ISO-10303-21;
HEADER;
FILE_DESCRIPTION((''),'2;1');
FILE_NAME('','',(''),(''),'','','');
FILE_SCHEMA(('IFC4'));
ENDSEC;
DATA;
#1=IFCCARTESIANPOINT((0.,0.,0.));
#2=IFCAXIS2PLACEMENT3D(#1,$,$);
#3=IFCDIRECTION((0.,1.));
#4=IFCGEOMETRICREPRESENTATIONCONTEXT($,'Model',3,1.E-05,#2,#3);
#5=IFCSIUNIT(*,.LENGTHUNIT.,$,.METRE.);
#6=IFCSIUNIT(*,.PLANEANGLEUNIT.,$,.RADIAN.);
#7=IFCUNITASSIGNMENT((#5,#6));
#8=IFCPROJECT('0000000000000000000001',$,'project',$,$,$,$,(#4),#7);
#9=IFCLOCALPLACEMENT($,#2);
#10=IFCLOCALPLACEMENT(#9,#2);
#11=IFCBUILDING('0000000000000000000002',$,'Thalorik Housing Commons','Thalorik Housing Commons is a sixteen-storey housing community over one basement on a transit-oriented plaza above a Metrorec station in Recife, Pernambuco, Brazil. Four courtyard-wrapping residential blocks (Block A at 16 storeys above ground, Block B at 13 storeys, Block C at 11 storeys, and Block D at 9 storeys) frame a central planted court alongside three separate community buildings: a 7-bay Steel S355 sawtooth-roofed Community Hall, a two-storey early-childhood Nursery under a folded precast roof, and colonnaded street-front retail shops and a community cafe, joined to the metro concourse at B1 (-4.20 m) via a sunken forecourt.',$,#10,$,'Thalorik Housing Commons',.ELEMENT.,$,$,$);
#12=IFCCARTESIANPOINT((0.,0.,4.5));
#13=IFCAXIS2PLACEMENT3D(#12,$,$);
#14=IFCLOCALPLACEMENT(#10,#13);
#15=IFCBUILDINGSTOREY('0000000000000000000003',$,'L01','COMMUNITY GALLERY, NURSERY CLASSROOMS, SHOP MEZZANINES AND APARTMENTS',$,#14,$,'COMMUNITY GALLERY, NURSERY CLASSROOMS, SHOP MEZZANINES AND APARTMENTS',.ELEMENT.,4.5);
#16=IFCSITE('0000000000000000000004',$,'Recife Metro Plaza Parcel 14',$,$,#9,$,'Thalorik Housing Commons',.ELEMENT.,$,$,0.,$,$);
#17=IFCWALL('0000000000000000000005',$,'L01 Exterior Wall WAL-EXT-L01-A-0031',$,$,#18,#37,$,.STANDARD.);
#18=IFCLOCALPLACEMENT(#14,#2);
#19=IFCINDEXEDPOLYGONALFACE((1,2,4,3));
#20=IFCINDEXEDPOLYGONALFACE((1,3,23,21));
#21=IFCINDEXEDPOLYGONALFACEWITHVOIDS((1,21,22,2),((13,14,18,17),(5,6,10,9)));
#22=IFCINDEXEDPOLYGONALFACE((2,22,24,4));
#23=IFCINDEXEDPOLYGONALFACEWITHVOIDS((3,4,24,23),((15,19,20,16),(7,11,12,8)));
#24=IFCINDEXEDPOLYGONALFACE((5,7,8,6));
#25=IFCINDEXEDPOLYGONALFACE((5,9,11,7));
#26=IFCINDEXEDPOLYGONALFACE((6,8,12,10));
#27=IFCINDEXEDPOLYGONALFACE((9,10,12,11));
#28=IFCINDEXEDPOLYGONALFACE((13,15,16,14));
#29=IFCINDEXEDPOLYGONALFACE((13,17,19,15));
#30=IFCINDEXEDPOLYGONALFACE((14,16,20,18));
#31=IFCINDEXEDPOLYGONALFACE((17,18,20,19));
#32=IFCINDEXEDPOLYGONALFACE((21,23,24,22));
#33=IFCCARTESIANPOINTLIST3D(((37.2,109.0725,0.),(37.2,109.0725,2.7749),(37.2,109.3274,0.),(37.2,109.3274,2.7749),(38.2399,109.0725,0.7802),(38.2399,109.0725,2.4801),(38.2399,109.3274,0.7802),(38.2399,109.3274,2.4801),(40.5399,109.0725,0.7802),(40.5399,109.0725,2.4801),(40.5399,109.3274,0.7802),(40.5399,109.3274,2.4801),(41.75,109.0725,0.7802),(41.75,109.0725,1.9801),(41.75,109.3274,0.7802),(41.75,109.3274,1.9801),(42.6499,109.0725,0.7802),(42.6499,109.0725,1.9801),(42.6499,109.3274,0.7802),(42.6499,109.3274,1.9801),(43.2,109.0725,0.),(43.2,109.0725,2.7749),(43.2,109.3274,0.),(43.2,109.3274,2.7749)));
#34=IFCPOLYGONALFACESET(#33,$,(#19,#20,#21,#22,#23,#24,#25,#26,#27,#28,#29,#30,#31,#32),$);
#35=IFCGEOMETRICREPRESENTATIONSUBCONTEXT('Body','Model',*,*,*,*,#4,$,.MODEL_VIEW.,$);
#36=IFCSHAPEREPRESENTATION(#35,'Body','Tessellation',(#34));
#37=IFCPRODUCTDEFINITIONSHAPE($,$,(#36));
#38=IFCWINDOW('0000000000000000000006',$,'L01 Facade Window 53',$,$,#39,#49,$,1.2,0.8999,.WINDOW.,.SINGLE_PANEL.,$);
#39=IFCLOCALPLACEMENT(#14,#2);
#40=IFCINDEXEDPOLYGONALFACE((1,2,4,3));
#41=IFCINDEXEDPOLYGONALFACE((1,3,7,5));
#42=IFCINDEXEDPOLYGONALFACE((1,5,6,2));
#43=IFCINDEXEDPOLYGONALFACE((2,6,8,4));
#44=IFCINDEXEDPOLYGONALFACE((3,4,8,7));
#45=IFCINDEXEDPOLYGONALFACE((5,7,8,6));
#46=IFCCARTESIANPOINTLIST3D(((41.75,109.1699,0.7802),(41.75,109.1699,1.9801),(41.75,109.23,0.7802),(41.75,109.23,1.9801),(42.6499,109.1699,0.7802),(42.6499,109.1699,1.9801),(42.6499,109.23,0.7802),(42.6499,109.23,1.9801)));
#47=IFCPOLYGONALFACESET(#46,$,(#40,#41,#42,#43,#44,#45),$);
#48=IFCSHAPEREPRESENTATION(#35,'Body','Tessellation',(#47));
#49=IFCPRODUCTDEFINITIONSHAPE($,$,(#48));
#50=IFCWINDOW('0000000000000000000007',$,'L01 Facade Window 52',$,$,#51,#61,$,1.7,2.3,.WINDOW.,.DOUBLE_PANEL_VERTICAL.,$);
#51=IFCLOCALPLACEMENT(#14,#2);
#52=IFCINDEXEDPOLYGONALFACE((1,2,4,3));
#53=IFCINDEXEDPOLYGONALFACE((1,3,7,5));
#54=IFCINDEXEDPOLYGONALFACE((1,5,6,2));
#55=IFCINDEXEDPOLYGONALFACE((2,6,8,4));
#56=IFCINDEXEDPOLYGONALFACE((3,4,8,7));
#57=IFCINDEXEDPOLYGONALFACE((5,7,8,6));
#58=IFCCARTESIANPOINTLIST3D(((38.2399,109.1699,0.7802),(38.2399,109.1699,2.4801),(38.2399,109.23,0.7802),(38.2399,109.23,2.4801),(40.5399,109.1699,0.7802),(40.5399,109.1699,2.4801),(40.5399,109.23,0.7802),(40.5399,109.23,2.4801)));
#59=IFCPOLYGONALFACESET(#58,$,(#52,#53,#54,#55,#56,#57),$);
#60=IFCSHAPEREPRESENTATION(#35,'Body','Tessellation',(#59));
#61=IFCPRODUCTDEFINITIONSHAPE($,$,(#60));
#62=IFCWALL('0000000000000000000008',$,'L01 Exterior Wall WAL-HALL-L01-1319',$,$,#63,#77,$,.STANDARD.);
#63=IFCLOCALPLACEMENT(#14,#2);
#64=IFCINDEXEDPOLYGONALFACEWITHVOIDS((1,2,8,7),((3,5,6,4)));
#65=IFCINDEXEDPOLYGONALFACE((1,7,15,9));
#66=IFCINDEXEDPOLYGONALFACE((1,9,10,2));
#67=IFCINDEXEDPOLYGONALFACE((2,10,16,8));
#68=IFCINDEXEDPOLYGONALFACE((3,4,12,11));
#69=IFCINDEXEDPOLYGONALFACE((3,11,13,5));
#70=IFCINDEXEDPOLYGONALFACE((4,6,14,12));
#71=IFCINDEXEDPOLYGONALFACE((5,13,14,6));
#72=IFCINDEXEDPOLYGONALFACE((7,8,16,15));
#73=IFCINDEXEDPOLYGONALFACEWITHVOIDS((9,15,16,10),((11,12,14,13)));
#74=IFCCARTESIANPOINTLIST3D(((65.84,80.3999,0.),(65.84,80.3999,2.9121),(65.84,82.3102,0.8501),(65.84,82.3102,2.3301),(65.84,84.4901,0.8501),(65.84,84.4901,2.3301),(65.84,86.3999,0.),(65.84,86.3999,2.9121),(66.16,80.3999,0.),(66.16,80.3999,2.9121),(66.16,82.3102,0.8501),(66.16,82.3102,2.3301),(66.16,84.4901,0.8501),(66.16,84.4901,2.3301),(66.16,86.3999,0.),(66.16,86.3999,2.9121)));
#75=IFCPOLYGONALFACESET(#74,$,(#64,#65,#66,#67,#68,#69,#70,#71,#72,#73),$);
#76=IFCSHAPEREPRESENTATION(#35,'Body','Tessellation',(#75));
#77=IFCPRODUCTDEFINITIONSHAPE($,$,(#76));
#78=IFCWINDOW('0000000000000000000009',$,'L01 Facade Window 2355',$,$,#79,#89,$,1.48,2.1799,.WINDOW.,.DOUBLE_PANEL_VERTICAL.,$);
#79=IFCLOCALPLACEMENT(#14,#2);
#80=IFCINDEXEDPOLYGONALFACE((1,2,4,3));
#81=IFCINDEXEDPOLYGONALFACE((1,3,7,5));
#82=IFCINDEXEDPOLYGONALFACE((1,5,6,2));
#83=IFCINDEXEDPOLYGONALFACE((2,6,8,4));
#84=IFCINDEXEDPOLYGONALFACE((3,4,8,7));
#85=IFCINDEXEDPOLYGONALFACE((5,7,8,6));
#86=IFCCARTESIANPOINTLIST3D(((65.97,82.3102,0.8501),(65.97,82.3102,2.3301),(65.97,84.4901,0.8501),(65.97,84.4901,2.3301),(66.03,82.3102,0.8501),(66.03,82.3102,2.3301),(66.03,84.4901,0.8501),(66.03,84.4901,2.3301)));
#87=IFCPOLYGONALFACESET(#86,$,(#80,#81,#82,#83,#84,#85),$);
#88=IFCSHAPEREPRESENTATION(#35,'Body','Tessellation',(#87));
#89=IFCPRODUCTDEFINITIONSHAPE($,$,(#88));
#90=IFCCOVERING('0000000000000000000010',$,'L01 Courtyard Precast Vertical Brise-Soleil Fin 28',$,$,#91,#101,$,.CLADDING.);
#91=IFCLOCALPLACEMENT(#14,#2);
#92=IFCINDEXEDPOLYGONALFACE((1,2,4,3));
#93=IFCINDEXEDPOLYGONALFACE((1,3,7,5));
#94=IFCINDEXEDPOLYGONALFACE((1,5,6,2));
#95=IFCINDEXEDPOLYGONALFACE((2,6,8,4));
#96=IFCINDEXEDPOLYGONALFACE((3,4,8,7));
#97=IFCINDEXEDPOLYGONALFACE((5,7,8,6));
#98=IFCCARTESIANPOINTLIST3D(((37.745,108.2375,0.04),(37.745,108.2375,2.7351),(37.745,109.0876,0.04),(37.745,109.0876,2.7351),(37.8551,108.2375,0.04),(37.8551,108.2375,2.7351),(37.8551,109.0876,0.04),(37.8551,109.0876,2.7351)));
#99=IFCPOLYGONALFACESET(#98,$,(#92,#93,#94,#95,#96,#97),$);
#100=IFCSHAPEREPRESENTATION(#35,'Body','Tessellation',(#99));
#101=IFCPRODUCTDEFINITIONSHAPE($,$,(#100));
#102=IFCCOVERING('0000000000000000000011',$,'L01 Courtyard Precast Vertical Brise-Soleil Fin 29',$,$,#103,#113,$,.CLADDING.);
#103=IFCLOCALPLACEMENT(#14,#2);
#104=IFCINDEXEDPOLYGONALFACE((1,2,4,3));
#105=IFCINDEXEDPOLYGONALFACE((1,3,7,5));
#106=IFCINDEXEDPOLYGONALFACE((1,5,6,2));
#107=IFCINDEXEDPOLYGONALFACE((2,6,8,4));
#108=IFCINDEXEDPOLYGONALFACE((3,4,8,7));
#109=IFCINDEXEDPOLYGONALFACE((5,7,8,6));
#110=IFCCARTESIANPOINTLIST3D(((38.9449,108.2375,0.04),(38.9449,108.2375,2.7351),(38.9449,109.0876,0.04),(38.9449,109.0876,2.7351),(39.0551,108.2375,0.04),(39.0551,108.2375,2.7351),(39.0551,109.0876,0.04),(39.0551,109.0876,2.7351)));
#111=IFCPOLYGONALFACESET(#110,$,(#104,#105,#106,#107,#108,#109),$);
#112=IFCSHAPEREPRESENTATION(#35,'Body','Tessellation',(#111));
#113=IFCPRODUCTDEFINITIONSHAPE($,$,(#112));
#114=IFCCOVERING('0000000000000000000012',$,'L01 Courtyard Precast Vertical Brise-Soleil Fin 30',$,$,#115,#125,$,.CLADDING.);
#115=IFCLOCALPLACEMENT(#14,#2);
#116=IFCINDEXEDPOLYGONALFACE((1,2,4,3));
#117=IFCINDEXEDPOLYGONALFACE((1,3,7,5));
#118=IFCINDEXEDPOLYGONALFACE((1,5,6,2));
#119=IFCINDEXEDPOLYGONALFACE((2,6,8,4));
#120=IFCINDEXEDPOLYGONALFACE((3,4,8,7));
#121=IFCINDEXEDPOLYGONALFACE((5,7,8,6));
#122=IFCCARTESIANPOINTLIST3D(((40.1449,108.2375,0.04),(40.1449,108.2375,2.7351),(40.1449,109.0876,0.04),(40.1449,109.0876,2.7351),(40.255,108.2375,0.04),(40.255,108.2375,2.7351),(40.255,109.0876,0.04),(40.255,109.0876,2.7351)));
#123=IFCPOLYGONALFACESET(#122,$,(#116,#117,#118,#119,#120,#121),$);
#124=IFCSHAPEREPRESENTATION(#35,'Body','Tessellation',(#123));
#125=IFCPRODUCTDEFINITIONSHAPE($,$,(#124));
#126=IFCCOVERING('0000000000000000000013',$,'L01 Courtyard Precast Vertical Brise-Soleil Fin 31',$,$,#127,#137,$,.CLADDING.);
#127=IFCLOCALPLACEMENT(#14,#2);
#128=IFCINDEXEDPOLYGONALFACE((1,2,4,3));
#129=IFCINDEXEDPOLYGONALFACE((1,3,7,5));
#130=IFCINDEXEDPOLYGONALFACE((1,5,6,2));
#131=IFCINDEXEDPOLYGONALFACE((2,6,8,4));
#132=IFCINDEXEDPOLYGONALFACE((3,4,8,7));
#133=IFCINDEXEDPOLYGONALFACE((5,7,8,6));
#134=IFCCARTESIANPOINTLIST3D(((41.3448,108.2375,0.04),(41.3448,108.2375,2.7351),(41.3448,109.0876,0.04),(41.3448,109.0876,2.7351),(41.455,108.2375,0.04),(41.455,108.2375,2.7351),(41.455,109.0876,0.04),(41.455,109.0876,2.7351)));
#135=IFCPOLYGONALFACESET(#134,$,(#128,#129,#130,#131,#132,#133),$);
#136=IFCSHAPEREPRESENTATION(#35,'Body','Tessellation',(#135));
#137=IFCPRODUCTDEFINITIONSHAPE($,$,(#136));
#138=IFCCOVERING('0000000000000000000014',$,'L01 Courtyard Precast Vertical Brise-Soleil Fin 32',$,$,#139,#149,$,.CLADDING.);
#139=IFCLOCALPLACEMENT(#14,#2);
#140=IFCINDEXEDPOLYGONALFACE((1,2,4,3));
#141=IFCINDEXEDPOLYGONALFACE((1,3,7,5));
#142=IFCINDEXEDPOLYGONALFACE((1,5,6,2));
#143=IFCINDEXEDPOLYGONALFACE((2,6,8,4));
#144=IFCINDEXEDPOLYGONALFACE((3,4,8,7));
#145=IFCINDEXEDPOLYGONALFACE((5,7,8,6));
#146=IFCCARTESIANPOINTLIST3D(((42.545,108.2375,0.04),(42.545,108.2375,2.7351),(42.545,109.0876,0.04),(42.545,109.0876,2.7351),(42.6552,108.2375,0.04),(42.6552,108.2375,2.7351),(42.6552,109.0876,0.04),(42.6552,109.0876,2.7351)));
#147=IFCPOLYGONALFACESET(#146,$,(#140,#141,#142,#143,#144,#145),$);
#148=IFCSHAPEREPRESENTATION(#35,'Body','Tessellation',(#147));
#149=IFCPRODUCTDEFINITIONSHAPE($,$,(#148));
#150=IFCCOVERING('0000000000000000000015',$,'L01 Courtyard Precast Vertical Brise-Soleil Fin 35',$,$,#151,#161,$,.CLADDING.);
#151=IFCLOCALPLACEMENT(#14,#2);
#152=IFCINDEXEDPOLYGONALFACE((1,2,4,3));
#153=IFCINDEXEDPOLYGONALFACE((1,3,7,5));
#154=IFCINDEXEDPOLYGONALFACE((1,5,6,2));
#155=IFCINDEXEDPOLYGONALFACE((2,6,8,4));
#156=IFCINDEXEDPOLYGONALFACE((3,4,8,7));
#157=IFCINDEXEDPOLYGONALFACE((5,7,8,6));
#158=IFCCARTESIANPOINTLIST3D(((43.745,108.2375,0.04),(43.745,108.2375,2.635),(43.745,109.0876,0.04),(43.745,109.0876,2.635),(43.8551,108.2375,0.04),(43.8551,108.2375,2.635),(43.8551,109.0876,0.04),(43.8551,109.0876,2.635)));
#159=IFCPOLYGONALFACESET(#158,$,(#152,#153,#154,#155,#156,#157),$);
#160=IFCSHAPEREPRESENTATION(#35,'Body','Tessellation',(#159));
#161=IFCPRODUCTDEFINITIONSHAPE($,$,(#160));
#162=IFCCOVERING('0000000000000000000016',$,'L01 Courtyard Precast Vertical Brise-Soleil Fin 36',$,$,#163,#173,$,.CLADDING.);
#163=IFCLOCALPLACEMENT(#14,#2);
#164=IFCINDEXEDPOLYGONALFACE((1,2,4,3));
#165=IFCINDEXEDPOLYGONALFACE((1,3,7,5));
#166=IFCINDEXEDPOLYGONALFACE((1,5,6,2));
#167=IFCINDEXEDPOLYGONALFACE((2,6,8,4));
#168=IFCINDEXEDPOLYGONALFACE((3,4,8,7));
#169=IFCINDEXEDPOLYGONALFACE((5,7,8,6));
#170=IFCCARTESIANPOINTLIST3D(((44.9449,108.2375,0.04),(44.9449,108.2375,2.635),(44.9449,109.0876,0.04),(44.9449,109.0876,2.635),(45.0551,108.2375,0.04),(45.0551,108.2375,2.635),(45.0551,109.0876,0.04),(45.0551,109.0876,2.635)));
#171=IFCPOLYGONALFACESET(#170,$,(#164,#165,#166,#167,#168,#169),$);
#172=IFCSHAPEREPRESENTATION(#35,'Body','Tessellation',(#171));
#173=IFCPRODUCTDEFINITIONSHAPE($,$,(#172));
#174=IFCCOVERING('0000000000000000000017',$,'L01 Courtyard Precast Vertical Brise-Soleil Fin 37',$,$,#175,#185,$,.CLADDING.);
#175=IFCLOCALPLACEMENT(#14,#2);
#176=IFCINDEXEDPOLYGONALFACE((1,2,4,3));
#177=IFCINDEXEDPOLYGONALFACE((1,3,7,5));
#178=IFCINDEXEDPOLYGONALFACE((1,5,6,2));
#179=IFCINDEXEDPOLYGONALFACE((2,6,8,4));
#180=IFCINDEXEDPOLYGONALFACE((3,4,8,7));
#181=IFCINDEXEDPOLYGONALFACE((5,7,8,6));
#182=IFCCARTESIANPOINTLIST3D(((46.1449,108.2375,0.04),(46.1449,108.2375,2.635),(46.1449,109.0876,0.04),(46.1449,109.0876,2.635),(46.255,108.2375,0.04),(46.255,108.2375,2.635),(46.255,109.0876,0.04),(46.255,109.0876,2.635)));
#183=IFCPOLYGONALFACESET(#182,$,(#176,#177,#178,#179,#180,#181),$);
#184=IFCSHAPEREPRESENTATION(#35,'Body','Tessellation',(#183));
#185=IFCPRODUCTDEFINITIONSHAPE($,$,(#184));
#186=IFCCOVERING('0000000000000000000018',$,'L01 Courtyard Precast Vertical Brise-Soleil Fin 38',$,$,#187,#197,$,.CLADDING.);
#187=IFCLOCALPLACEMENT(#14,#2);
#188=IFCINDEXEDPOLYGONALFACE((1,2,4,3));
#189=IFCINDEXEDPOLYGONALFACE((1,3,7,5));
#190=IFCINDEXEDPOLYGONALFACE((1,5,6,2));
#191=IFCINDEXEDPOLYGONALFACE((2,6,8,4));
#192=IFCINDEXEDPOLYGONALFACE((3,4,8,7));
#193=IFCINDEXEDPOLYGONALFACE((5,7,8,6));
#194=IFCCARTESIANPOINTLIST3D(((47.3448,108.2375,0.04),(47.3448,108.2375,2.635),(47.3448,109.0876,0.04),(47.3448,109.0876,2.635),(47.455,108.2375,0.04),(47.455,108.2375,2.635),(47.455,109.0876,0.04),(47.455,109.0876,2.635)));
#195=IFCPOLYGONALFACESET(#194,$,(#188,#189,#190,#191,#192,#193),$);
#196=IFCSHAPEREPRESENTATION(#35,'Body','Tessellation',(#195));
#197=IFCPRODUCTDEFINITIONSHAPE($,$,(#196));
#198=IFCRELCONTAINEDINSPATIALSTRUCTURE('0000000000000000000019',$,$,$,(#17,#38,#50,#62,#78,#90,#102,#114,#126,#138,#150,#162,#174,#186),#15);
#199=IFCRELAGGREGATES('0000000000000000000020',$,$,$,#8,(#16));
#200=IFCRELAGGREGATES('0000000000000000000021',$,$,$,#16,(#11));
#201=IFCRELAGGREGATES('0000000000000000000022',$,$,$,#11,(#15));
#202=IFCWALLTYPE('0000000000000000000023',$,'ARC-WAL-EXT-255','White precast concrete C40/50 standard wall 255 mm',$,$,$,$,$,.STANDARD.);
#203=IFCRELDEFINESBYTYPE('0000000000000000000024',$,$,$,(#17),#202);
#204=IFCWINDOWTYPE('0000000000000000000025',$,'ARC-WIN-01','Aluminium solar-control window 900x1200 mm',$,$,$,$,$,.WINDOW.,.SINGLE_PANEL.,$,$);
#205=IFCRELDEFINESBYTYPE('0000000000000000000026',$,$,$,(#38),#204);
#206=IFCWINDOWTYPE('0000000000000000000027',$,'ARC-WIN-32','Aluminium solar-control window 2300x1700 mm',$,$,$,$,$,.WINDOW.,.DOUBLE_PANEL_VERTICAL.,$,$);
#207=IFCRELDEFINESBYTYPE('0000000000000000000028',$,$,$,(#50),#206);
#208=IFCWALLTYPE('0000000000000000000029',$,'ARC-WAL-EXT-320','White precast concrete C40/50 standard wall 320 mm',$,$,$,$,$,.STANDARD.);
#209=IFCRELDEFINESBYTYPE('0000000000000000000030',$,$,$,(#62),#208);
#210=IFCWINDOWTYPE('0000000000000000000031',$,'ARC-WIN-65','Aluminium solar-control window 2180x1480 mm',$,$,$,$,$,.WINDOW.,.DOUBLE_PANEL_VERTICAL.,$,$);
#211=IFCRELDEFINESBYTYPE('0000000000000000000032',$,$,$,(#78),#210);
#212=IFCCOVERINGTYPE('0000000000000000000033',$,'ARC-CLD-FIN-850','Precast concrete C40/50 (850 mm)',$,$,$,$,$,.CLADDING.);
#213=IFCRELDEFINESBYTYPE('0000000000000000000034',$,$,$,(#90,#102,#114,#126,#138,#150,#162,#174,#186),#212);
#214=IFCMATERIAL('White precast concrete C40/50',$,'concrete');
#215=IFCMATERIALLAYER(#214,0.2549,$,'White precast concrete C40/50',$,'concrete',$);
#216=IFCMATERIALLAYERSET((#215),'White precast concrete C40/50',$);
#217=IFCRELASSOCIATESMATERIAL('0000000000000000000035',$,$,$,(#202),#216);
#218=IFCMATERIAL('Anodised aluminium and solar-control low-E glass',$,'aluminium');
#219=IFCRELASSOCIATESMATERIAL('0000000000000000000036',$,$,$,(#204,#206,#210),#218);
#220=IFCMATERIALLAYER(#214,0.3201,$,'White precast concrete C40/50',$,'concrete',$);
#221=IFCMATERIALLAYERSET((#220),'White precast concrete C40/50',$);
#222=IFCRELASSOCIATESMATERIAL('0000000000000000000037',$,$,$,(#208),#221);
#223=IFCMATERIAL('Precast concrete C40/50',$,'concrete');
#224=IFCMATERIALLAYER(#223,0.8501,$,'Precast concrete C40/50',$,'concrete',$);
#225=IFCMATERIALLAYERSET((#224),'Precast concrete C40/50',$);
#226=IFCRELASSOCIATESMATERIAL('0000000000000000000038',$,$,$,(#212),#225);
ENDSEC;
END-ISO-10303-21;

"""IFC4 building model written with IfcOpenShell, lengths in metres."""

from ifc_helpers import new_model, si_unit, direction, frame, frame_2d, origin, origin_2d, place, context, subcontext, project, spatial, rectangle, extrude, material, layer, layer_set, type_object, element, fill, save


model = new_model("IFC4")

# Units and contexts
model_context = context("Model", 3, precision=1e-05, world=origin(), true_north=direction((0.0, 1.0)))
body_context = subcontext(model_context, "Body", "Model", "MODEL_VIEW")
ifc_project = project(units=[si_unit("LENGTHUNIT", "METRE"), si_unit("PLANEANGLEUNIT", "RADIAN")], contexts=[model_context])

# Site, building, storey
site_placement = place(None, origin())
site = spatial("IfcSite", under=ifc_project, at=site_placement, Name="Recife Metro Plaza Parcel 14", LongName="Thalorik Housing Commons", CompositionType="ELEMENT", RefElevation=0.0)
building_placement = place(site_placement, origin())
building = spatial("IfcBuilding", under=site, at=building_placement, Name="Thalorik Housing Commons", Description="Thalorik Housing Commons is a sixteen-storey housing community over one basement on a transit-oriented plaza above a Metrorec station in Recife, Pernambuco, Brazil. Four courtyard-wrapping residential blocks (Block A at 16 storeys above ground, Block B at 13 storeys, Block C at 11 storeys, and Block D at 9 storeys) frame a central planted court alongside three separate community buildings: a 7-bay Steel S355 sawtooth-roofed Community Hall, a two-storey early-childhood Nursery under a folded precast roof, and colonnaded street-front retail shops and a community cafe, joined to the metro concourse at B1 (-4.20 m) via a sunken forecourt.", LongName="Thalorik Housing Commons", CompositionType="ELEMENT")
storey_placement = place(building_placement, frame((0.0, 0.0, 4.5)))
storey = spatial("IfcBuildingStorey", under=building, at=storey_placement, Name="L01", Description="COMMUNITY GALLERY, NURSERY CLASSROOMS, SHOP MEZZANINES AND APARTMENTS", LongName="COMMUNITY GALLERY, NURSERY CLASSROOMS, SHOP MEZZANINES AND APARTMENTS", CompositionType="ELEMENT", Elevation=4.5)

# Shared definitions
ifc_material_1 = material(Name="Precast concrete C40/50", Category="concrete")

# Shared definitions
ifc_material_2 = material(Name="Anodised aluminium and solar-control low-E glass", Category="aluminium")

# Shared definitions
ifc_material_3 = material(Name="White precast concrete C40/50", Category="concrete")
ifc_layer_1 = layer(ifc_material_3, 0.2549, Name="White precast concrete C40/50", Category="concrete")
ifc_layer_set_1 = layer_set([ifc_layer_1], Name="White precast concrete C40/50")
wall_type_1 = type_object("IfcWallType", Name="ARC-WAL-EXT-255", Description="White precast concrete C40/50 standard wall 255 mm", PredefinedType="STANDARD", material=ifc_layer_set_1)

# Wall, openings, windows
wall_1_placement = place(storey_placement, frame((37.2, 109.2, 0.0), z_axis=(0.0, 0.0, 1.0), x_axis=(1.0, 0.0, 0.0)))
wall_1 = element("IfcWall", 1, at=wall_1_placement, inside=storey, type_object=wall_type_1, Name="L01 Exterior Wall WAL-EXT-L01-A-0031", PredefinedType="STANDARD", context=body_context, shape_type="SweptSolid", body=[
    extrude(rectangle(XDim=6.0, YDim=0.2549, at=frame_2d((3.0, 0.0))), origin(), (0.0, 0.0, 1.0), 2.7749),
])
opening_1_placement = place(wall_1_placement, frame((1.04, 0.0, 0.78)))
opening_1 = element("IfcOpeningElement", 2, at=opening_1_placement, cuts=wall_1, PredefinedType="OPENING", context=body_context, shape_type="SweptSolid", body=[
    extrude(rectangle(XDim=2.3, YDim=1.7, at=frame_2d((1.1499, 0.8501))), frame((0.0, 0.1375, 0.0), z_axis=(0.0, -1.0, 0.0), x_axis=(1.0, 0.0, 0.0)), (0.0, 0.0, 1.0), 0.2749),
])
opening_2_placement = place(wall_1_placement, frame((4.55, 0.0, 0.78)))
opening_2 = element("IfcOpeningElement", 3, at=opening_2_placement, cuts=wall_1, PredefinedType="OPENING", context=body_context, shape_type="SweptSolid", body=[
    extrude(rectangle(XDim=0.8999, YDim=1.2, at=frame_2d((0.45, 0.6001))), frame((0.0, 0.1375, 0.0), z_axis=(0.0, -1.0, 0.0), x_axis=(1.0, 0.0, 0.0)), (0.0, 0.0, 1.0), 0.2749),
])
window_type_1 = type_object("IfcWindowType", Name="ARC-WIN-01", Description="Aluminium solar-control window 900x1200 mm", PartitioningType="SINGLE_PANEL", PredefinedType="WINDOW", material=ifc_material_2)
window_1_placement = place(opening_2_placement, origin())
window_1 = element("IfcWindow", 4, at=window_1_placement, inside=storey, type_object=window_type_1, Name="L01 Facade Window 53", OverallHeight=1.2, OverallWidth=0.8999, PartitioningType="SINGLE_PANEL", PredefinedType="WINDOW", context=body_context, shape_type="SweptSolid", body=[
    extrude(rectangle(XDim=0.8999, YDim=1.2, at=frame_2d((0.45, 0.6001))), frame((0.0, 0.03, 0.0), z_axis=(0.0, -1.0, 0.0), x_axis=(1.0, 0.0, 0.0)), (0.0, 0.0, 1.0), 0.0601),
])
fill(opening_2, window_1)
window_type_2 = type_object("IfcWindowType", Name="ARC-WIN-32", Description="Aluminium solar-control window 2300x1700 mm", PartitioningType="DOUBLE_PANEL_VERTICAL", PredefinedType="WINDOW", material=ifc_material_2)
window_2_placement = place(opening_1_placement, origin())
window_2 = element("IfcWindow", 5, at=window_2_placement, inside=storey, type_object=window_type_2, Name="L01 Facade Window 52", OverallHeight=1.7, OverallWidth=2.3, PartitioningType="DOUBLE_PANEL_VERTICAL", PredefinedType="WINDOW", context=body_context, shape_type="SweptSolid", body=[
    extrude(rectangle(XDim=2.3, YDim=1.7, at=frame_2d((1.1499, 0.8501))), frame((0.0, 0.03, 0.0), z_axis=(0.0, -1.0, 0.0), x_axis=(1.0, 0.0, 0.0)), (0.0, 0.0, 1.0), 0.0601),
])
fill(opening_1, window_2)

# Wall, opening, window
ifc_layer_2 = layer(ifc_material_3, 0.3201, Name="White precast concrete C40/50", Category="concrete")
ifc_layer_set_2 = layer_set([ifc_layer_2], Name="White precast concrete C40/50")
wall_type_2 = type_object("IfcWallType", Name="ARC-WAL-EXT-320", Description="White precast concrete C40/50 standard wall 320 mm", PredefinedType="STANDARD", material=ifc_layer_set_2)
wall_2_placement = place(storey_placement, frame((66.0, 86.3999, 0.0), z_axis=(0.0, 0.0, 1.0), x_axis=(0.0, -1.0, 0.0)))
wall_2 = element("IfcWall", 6, at=wall_2_placement, inside=storey, type_object=wall_type_2, Name="L01 Exterior Wall WAL-HALL-L01-1319", PredefinedType="STANDARD", context=body_context, shape_type="SweptSolid", body=[
    extrude(rectangle(XDim=6.0, YDim=0.3201, at=frame_2d((3.0, 0.0))), origin(), (0.0, 0.0, 1.0), 2.9121),
])
opening_3_placement = place(wall_2_placement, frame((1.9099, 0.0, 0.8501)))
opening_3 = element("IfcOpeningElement", 7, at=opening_3_placement, cuts=wall_2, PredefinedType="OPENING", context=body_context, shape_type="SweptSolid", body=[
    extrude(rectangle(XDim=2.1799, YDim=1.48, at=frame_2d((1.0898, 0.74))), frame((0.0, 0.1699, 0.0), z_axis=(0.0, -1.0, 0.0), x_axis=(1.0, 0.0, 0.0)), (0.0, 0.0, 1.0), 0.3401),
])
window_type_3 = type_object("IfcWindowType", Name="ARC-WIN-65", Description="Aluminium solar-control window 2180x1480 mm", PartitioningType="DOUBLE_PANEL_VERTICAL", PredefinedType="WINDOW", material=ifc_material_2)
window_3_placement = place(opening_3_placement, origin())
window_3 = element("IfcWindow", 8, at=window_3_placement, inside=storey, type_object=window_type_3, Name="L01 Facade Window 2355", OverallHeight=1.48, OverallWidth=2.1799, PartitioningType="DOUBLE_PANEL_VERTICAL", PredefinedType="WINDOW", context=body_context, shape_type="SweptSolid", body=[
    extrude(rectangle(XDim=2.1799, YDim=1.48, at=frame_2d((1.0898, 0.74))), frame((0.0, 0.03, 0.0), z_axis=(0.0, -1.0, 0.0), x_axis=(1.0, 0.0, 0.0)), (0.0, 0.0, 1.0), 0.0601),
])
fill(opening_3, window_3)

# Coverings
ifc_layer_3 = layer(ifc_material_1, 0.8501, Name="Precast concrete C40/50", Category="concrete")
ifc_layer_set_3 = layer_set([ifc_layer_3], Name="Precast concrete C40/50")
covering_type_1 = type_object("IfcCoveringType", Name="ARC-CLD-FIN-850", Description="Precast concrete C40/50 (850 mm)", PredefinedType="CLADDING", material=ifc_layer_set_3)
for number, where, z_axis, x_axis, name in (
    (9, (37.8, 108.6626, 0.04), (0.0, 0.0, 1.0), (1.0, 0.0, 0.0), "L01 Courtyard Precast Vertical Brise-Soleil Fin 28"),
    (10, (39.0, 108.6626, 0.04), (0.0, 0.0, 1.0), (1.0, 0.0, 0.0), "L01 Courtyard Precast Vertical Brise-Soleil Fin 29"),
    (11, (40.2, 108.6626, 0.04), (0.0, 0.0, 1.0), (1.0, 0.0, 0.0), "L01 Courtyard Precast Vertical Brise-Soleil Fin 30"),
    (12, (41.3999, 108.6626, 0.04), (0.0, 0.0, 1.0), (1.0, 0.0, 0.0), "L01 Courtyard Precast Vertical Brise-Soleil Fin 31"),
    (13, (42.6001, 108.6626, 0.04), (0.0, 0.0, 1.0), (1.0, 0.0, 0.0), "L01 Courtyard Precast Vertical Brise-Soleil Fin 32"),
):
    element("IfcCovering", number, at=place(storey_placement, frame(where, z_axis=z_axis, x_axis=x_axis)), inside=storey, type_object=covering_type_1, Name=name, PredefinedType="CLADDING", context=body_context, shape_type="SweptSolid", body=[
        extrude(rectangle(XDim=0.1101, YDim=0.8501, at=origin_2d()), origin(), (0.0, 0.0, 1.0), 2.6951),
    ])
for number, where, z_axis, x_axis, name in (
    (14, (43.8, 108.6626, 0.04), (0.0, 0.0, 1.0), (1.0, 0.0, 0.0), "L01 Courtyard Precast Vertical Brise-Soleil Fin 35"),
    (15, (45.0, 108.6626, 0.04), (0.0, 0.0, 1.0), (1.0, 0.0, 0.0), "L01 Courtyard Precast Vertical Brise-Soleil Fin 36"),
    (16, (46.2, 108.6626, 0.04), (0.0, 0.0, 1.0), (1.0, 0.0, 0.0), "L01 Courtyard Precast Vertical Brise-Soleil Fin 37"),
    (17, (47.3999, 108.6626, 0.04), (0.0, 0.0, 1.0), (1.0, 0.0, 0.0), "L01 Courtyard Precast Vertical Brise-Soleil Fin 38"),
):
    element("IfcCovering", number, at=place(storey_placement, frame(where, z_axis=z_axis, x_axis=x_axis)), inside=storey, type_object=covering_type_1, Name=name, PredefinedType="CLADDING", context=body_context, shape_type="SweptSolid", body=[
        extrude(rectangle(XDim=0.1101, YDim=0.8501, at=origin_2d()), origin(), (0.0, 0.0, 1.0), 2.595),
    ])

save(model, "model.ifc")
